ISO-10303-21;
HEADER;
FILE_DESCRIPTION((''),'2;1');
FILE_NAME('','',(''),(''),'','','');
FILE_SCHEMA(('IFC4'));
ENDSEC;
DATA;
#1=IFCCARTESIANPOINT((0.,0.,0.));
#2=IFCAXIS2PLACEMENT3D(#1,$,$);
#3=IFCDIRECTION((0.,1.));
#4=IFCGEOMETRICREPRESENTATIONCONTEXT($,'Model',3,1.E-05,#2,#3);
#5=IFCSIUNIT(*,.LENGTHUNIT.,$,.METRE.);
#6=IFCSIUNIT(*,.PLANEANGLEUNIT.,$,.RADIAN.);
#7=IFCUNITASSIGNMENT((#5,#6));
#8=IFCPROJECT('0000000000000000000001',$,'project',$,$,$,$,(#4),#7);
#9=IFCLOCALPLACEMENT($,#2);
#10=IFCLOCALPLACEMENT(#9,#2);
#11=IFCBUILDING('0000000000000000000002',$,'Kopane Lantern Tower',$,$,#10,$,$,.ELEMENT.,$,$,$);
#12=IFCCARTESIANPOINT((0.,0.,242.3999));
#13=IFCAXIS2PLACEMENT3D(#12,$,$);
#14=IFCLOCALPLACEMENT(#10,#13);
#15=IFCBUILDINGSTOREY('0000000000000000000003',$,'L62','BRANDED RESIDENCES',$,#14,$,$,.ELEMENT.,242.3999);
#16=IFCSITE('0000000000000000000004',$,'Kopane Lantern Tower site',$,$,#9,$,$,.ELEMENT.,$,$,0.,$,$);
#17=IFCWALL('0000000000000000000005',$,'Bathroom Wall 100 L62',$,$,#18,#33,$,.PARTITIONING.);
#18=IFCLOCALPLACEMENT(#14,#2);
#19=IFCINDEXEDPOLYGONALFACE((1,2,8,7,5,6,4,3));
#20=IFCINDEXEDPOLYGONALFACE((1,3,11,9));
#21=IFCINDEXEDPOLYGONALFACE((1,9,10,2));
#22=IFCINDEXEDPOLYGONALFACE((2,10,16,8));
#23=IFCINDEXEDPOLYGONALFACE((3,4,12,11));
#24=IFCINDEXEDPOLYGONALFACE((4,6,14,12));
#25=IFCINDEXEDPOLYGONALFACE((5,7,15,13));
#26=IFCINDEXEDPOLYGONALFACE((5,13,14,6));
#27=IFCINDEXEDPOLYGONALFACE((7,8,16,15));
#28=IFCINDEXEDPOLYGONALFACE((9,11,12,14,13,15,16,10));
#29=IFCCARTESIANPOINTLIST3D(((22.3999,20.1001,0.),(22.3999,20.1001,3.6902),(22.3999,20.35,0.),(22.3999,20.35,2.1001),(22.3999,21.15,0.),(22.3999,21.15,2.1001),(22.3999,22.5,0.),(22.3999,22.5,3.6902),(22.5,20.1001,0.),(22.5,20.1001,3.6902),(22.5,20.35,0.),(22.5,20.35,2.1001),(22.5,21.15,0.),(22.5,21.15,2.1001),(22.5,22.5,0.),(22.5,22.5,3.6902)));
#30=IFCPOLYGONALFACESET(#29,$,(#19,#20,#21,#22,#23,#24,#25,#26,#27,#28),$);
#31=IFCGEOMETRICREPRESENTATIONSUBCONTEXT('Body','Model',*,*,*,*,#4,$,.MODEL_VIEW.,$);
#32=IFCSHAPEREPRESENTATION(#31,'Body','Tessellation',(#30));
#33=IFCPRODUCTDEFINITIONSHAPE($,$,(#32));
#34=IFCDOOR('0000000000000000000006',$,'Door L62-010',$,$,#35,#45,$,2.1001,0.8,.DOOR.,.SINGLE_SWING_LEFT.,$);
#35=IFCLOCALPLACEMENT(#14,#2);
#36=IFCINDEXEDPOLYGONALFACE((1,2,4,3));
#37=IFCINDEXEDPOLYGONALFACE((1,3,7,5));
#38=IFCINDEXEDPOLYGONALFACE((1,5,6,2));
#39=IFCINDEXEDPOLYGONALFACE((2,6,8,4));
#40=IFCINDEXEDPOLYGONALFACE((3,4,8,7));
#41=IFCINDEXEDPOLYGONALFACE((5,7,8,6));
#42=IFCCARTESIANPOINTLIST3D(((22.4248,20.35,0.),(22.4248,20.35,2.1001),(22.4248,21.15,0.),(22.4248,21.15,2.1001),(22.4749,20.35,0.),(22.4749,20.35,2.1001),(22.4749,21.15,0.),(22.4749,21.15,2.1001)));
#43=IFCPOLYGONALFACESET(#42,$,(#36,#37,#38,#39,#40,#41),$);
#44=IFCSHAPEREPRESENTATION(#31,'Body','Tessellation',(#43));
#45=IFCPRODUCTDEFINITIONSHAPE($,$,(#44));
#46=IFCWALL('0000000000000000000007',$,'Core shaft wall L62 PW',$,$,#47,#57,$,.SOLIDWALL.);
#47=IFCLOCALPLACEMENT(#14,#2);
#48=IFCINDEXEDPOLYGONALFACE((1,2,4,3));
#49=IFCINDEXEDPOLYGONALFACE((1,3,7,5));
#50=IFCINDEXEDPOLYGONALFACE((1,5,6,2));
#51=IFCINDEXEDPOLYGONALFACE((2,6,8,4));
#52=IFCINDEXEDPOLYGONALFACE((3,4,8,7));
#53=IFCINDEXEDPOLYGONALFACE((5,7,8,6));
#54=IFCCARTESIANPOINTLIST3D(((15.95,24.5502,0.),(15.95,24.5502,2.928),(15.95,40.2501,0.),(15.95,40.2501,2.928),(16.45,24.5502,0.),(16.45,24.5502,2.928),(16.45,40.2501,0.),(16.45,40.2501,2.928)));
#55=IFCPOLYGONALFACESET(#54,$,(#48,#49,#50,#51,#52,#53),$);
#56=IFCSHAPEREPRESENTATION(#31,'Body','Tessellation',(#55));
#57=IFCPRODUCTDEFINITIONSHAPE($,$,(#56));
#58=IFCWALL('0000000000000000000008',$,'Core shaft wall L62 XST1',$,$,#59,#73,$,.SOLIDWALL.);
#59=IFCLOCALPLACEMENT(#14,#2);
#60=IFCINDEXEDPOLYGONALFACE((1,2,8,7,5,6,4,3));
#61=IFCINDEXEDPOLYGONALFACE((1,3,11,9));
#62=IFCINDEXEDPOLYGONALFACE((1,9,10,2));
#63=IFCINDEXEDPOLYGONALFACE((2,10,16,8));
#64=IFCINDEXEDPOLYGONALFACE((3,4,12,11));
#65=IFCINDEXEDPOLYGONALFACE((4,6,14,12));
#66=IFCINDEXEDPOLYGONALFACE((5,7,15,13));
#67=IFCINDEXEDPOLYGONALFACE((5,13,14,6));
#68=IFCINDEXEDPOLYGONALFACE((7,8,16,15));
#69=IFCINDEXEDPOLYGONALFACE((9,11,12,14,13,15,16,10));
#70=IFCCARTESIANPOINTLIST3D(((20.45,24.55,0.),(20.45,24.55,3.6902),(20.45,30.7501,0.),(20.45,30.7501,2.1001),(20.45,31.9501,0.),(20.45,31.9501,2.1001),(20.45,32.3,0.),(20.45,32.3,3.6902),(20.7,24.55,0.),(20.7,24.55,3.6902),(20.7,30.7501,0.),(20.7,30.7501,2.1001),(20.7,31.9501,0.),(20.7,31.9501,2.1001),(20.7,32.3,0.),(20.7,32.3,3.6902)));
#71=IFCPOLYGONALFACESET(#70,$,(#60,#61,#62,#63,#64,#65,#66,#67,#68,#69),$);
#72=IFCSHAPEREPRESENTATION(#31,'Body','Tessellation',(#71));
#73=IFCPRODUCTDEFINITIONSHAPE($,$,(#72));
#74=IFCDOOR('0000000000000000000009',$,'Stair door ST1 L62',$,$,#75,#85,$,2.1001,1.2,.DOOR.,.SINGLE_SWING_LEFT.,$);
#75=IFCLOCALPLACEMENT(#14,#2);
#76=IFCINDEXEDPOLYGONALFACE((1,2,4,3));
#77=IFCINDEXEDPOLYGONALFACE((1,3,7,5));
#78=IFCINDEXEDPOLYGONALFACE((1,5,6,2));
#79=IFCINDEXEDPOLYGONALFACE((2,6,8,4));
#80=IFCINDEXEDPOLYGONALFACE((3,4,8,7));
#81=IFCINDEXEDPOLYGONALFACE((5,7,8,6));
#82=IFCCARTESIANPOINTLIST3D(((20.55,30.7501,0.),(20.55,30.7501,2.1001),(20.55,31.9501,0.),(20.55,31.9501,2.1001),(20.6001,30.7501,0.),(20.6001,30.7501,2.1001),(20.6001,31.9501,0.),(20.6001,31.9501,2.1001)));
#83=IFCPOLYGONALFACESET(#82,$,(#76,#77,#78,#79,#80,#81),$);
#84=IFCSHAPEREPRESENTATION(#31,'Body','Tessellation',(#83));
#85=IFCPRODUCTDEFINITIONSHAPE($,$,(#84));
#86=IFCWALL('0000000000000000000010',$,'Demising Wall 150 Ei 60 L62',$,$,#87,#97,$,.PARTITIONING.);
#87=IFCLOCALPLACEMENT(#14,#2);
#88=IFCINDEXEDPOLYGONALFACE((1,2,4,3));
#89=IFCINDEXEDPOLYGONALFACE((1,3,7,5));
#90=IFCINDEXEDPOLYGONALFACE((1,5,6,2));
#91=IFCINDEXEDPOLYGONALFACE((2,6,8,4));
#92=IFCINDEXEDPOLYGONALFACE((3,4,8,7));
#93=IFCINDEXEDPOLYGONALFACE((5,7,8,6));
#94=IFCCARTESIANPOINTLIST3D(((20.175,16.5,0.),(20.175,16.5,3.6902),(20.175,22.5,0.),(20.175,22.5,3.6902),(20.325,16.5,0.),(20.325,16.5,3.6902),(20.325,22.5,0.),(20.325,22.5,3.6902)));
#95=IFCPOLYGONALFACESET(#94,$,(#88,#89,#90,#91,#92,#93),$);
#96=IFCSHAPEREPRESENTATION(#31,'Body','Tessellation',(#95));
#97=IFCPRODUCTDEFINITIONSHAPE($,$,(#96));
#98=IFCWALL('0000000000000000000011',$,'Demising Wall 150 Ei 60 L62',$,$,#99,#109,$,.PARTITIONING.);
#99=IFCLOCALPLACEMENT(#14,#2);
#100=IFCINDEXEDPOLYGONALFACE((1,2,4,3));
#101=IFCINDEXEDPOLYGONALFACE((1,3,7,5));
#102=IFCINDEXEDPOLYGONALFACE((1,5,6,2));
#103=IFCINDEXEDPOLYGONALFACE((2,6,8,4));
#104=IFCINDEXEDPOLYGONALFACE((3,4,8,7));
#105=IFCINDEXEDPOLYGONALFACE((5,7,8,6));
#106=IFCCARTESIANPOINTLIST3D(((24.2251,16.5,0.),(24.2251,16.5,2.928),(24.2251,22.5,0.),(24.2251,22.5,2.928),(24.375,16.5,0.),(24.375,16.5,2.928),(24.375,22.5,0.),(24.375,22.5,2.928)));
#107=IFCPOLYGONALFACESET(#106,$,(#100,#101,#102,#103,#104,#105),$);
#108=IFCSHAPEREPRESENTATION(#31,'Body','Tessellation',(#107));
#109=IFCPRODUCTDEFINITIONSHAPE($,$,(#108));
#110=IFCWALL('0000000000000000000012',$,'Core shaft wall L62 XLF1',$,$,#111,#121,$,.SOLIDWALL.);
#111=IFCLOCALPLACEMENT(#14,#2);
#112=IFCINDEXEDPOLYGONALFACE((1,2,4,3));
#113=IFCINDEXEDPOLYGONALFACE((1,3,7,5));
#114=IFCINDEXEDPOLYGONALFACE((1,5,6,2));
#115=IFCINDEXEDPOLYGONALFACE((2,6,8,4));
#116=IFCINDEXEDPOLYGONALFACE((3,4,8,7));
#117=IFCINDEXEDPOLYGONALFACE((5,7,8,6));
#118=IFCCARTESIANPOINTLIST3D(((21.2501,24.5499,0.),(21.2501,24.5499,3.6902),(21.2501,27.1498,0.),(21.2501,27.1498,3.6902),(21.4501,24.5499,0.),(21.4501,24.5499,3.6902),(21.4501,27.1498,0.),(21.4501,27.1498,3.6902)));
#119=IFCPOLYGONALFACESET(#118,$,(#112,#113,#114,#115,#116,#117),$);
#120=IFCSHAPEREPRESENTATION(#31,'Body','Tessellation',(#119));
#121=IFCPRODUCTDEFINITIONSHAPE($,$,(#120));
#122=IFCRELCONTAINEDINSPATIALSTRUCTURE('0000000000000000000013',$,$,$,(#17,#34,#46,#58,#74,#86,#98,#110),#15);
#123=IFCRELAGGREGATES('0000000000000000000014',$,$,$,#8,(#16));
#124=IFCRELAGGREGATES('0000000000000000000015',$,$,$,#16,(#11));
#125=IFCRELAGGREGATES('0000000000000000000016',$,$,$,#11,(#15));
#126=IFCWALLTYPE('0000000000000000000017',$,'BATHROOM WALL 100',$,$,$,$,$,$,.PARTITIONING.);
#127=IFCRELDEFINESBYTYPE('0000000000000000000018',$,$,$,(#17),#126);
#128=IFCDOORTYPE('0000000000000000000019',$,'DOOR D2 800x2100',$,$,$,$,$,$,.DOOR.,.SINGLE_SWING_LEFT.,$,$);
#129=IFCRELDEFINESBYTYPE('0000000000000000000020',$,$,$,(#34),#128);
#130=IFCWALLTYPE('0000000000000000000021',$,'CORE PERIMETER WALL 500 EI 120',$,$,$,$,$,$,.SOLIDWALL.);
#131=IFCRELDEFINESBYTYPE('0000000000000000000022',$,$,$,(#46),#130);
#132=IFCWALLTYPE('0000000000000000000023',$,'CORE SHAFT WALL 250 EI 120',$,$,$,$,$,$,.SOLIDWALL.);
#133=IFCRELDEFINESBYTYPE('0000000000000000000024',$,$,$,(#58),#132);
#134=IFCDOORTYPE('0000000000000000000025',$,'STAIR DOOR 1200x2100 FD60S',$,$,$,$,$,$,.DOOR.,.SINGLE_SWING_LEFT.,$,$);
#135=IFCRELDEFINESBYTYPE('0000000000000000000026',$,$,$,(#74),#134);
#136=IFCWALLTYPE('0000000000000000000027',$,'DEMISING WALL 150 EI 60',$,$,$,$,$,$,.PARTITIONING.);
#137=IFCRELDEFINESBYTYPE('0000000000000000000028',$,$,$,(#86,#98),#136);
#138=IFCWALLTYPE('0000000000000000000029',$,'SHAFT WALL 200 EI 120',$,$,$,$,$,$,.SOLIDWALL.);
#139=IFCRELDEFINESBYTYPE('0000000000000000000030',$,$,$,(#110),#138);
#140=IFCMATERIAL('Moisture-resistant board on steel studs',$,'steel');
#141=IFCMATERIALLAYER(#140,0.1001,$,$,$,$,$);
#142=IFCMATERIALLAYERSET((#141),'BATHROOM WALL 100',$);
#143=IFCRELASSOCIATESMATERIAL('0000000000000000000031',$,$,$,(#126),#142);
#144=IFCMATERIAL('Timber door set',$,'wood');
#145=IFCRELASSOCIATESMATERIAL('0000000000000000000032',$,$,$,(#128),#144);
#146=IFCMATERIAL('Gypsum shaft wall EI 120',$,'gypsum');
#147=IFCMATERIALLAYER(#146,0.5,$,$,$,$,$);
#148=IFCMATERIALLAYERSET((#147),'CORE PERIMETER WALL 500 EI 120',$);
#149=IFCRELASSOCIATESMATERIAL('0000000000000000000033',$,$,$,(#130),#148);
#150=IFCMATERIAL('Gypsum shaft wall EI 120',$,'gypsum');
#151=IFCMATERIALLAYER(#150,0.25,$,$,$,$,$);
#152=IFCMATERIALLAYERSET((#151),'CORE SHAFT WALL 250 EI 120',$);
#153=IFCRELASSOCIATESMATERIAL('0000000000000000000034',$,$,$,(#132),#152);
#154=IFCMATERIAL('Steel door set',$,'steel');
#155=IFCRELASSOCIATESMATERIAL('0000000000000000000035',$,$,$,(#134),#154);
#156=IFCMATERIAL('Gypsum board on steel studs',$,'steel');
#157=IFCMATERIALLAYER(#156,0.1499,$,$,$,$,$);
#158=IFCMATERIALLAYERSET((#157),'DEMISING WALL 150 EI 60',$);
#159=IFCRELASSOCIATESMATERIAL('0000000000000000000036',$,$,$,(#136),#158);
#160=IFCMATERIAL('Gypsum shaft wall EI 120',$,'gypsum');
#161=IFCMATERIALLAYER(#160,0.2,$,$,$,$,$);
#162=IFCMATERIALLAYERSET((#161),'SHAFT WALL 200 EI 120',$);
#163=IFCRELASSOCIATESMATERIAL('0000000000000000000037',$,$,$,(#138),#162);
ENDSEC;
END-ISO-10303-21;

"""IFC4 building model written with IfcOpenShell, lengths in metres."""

from ifc_helpers import new_model, si_unit, direction, frame, frame_2d, origin, place, context, subcontext, project, spatial, rectangle, extrude, material, layer, layer_set, type_object, element, fill, save


model = new_model("IFC4")

# Units and contexts
model_context = context("Model", 3, precision=1e-05, world=origin(), true_north=direction((0.0, 1.0)))
body_context = subcontext(model_context, "Body", "Model", "MODEL_VIEW")
ifc_project = project(units=[si_unit("LENGTHUNIT", "METRE"), si_unit("PLANEANGLEUNIT", "RADIAN")], contexts=[model_context])

# Site, building, storey
site_placement = place(None, origin())
site = spatial("IfcSite", under=ifc_project, at=site_placement, Name="Kopane Lantern Tower site", CompositionType="ELEMENT", RefElevation=0.0)
building_placement = place(site_placement, origin())
building = spatial("IfcBuilding", under=site, at=building_placement, Name="Kopane Lantern Tower", CompositionType="ELEMENT")
storey_placement = place(building_placement, frame((0.0, 0.0, 242.3999)))
storey = spatial("IfcBuildingStorey", under=building, at=storey_placement, Name="L62", Description="BRANDED RESIDENCES", CompositionType="ELEMENT", Elevation=242.3999)

# Wall, opening, door
ifc_material_1 = material(Name="Moisture-resistant board on steel studs", Category="steel")
ifc_layer_1 = layer(ifc_material_1, 0.1001)
ifc_layer_set_1 = layer_set([ifc_layer_1], Name="BATHROOM WALL 100")
wall_type_1 = type_object("IfcWallType", Name="BATHROOM WALL 100", PredefinedType="PARTITIONING", material=ifc_layer_set_1)
ifc_material_2 = material(Name="Timber door set", Category="wood")
door_type_1 = type_object("IfcDoorType", Name="DOOR D2 800x2100", OperationType="SINGLE_SWING_LEFT", PredefinedType="DOOR", material=ifc_material_2)
wall_1_placement = place(storey_placement, frame((22.45, 22.5, 0.0), z_axis=(0.0, 0.0, 1.0), x_axis=(0.0, -1.0, 0.0)))
wall_1 = element("IfcWall", 1, at=wall_1_placement, inside=storey, type_object=wall_type_1, Name="Bathroom Wall 100 L62", PredefinedType="PARTITIONING", context=body_context, shape_type="SweptSolid", body=[
    extrude(rectangle(XDim=2.3999, YDim=0.1001, at=frame_2d((1.2, 0.0))), origin(), (0.0, 0.0, 1.0), 3.6902),
])
opening_1_placement = place(wall_1_placement, frame((1.3501, 0.0, 0.0)))
opening_1 = element("IfcOpeningElement", 2, at=opening_1_placement, cuts=wall_1, PredefinedType="OPENING", context=body_context, shape_type="SweptSolid", body=[
    extrude(rectangle(XDim=0.8, YDim=2.1001, at=frame_2d((0.3999, 1.05))), frame((0.0, 0.0601, 0.0), z_axis=(0.0, -1.0, 0.0), x_axis=(1.0, 0.0, 0.0)), (0.0, 0.0, 1.0), 0.1201),
])
door_1_placement = place(opening_1_placement, origin())
door_1 = element("IfcDoor", 3, at=door_1_placement, inside=storey, type_object=door_type_1, Name="Door L62-010", OperationType="SINGLE_SWING_LEFT", OverallHeight=2.1001, OverallWidth=0.8, PredefinedType="DOOR", context=body_context, shape_type="SweptSolid", body=[
    extrude(rectangle(XDim=0.8, YDim=2.1001, at=frame_2d((0.3999, 1.05))), frame((0.0, 0.0249, 0.0), z_axis=(0.0, -1.0, 0.0), x_axis=(1.0, 0.0, 0.0)), (0.0, 0.0, 1.0), 0.05),
])
fill(opening_1, door_1)

# Wall
ifc_material_3 = material(Name="Gypsum shaft wall EI 120", Category="gypsum")
ifc_layer_2 = layer(ifc_material_3, 0.5)
ifc_layer_set_2 = layer_set([ifc_layer_2], Name="CORE PERIMETER WALL 500 EI 120")
wall_type_2 = type_object("IfcWallType", Name="CORE PERIMETER WALL 500 EI 120", PredefinedType="SOLIDWALL", material=ifc_layer_set_2)
wall_2_placement = place(storey_placement, frame((16.2, 24.55, 0.0), z_axis=(0.0, 0.0, 1.0), x_axis=(0.0, 1.0, 0.0)))
element("IfcWall", 4, at=wall_2_placement, inside=storey, type_object=wall_type_2, Name="Core shaft wall L62 PW", PredefinedType="SOLIDWALL", context=body_context, shape_type="SweptSolid", body=[
    extrude(rectangle(XDim=15.7, YDim=0.5, at=frame_2d((7.8501, 0.0))), origin(), (0.0, 0.0, 1.0), 2.928),
])

# Wall, opening, door
ifc_material_4 = material(Name="Gypsum shaft wall EI 120", Category="gypsum")
ifc_layer_3 = layer(ifc_material_4, 0.25)
ifc_layer_set_3 = layer_set([ifc_layer_3], Name="CORE SHAFT WALL 250 EI 120")
wall_type_3 = type_object("IfcWallType", Name="CORE SHAFT WALL 250 EI 120", PredefinedType="SOLIDWALL", material=ifc_layer_set_3)
wall_3_placement = place(storey_placement, frame((20.575, 24.55, 0.0), z_axis=(0.0, 0.0, 1.0), x_axis=(0.0, 1.0, 0.0)))
wall_3 = element("IfcWall", 5, at=wall_3_placement, inside=storey, type_object=wall_type_3, Name="Core shaft wall L62 XST1", PredefinedType="SOLIDWALL", context=body_context, shape_type="SweptSolid", body=[
    extrude(rectangle(XDim=7.75, YDim=0.25, at=frame_2d((3.875, 0.0))), origin(), (0.0, 0.0, 1.0), 3.6902),
])
opening_2_placement = place(wall_3_placement, frame((6.2, 0.0, 0.0)))
opening_2 = element("IfcOpeningElement", 6, at=opening_2_placement, cuts=wall_3, PredefinedType="OPENING", context=body_context, shape_type="SweptSolid", body=[
    extrude(rectangle(XDim=1.2, YDim=2.1001, at=frame_2d((0.6001, 1.05))), frame((0.0, 0.135, 0.0), z_axis=(0.0, -1.0, 0.0), x_axis=(1.0, 0.0, 0.0)), (0.0, 0.0, 1.0), 0.27),
])
ifc_material_5 = material(Name="Steel door set", Category="steel")
door_type_2 = type_object("IfcDoorType", Name="STAIR DOOR 1200x2100 FD60S", OperationType="SINGLE_SWING_LEFT", PredefinedType="DOOR", material=ifc_material_5)
door_2_placement = place(opening_2_placement, origin())
door_2 = element("IfcDoor", 7, at=door_2_placement, inside=storey, type_object=door_type_2, Name="Stair door ST1 L62", OperationType="SINGLE_SWING_LEFT", OverallHeight=2.1001, OverallWidth=1.2, PredefinedType="DOOR", context=body_context, shape_type="SweptSolid", body=[
    extrude(rectangle(XDim=1.2, YDim=2.1001, at=frame_2d((0.6001, 1.05))), frame((0.0, 0.0249, 0.0), z_axis=(0.0, -1.0, 0.0), x_axis=(1.0, 0.0, 0.0)), (0.0, 0.0, 1.0), 0.05),
])
fill(opening_2, door_2)

# Walls
ifc_material_6 = material(Name="Gypsum board on steel studs", Category="steel")
ifc_layer_4 = layer(ifc_material_6, 0.1499)
ifc_layer_set_4 = layer_set([ifc_layer_4], Name="DEMISING WALL 150 EI 60")
wall_type_4 = type_object("IfcWallType", Name="DEMISING WALL 150 EI 60", PredefinedType="PARTITIONING", material=ifc_layer_set_4)
wall_4_placement = place(storey_placement, frame((20.25, 22.5, 0.0), z_axis=(0.0, 0.0, 1.0), x_axis=(0.0, -1.0, 0.0)))
element("IfcWall", 8, at=wall_4_placement, inside=storey, type_object=wall_type_4, Name="Demising Wall 150 Ei 60 L62", PredefinedType="PARTITIONING", context=body_context, shape_type="SweptSolid", body=[
    extrude(rectangle(XDim=6.0, YDim=0.1499, at=frame_2d((3.0, 0.0))), origin(), (0.0, 0.0, 1.0), 3.6902),
])
wall_5_placement = place(storey_placement, frame((24.3, 22.5, 0.0), z_axis=(0.0, 0.0, 1.0), x_axis=(0.0, -1.0, 0.0)))
element("IfcWall", 9, at=wall_5_placement, inside=storey, type_object=wall_type_4, Name="Demising Wall 150 Ei 60 L62", PredefinedType="PARTITIONING", context=body_context, shape_type="SweptSolid", body=[
    extrude(rectangle(XDim=6.0, YDim=0.1499, at=frame_2d((3.0, 0.0))), origin(), (0.0, 0.0, 1.0), 2.928),
])
ifc_material_7 = material(Name="Gypsum shaft wall EI 120", Category="gypsum")
ifc_layer_5 = layer(ifc_material_7, 0.2)
ifc_layer_set_5 = layer_set([ifc_layer_5], Name="SHAFT WALL 200 EI 120")
wall_type_5 = type_object("IfcWallType", Name="SHAFT WALL 200 EI 120", PredefinedType="SOLIDWALL", material=ifc_layer_set_5)
wall_6_placement = place(storey_placement, frame((21.3501, 24.55, 0.0), z_axis=(0.0, 0.0, 1.0), x_axis=(0.0, 1.0, 0.0)))
element("IfcWall", 10, at=wall_6_placement, inside=storey, type_object=wall_type_5, Name="Core shaft wall L62 XLF1", PredefinedType="SOLIDWALL", context=body_context, shape_type="SweptSolid", body=[
    extrude(rectangle(XDim=2.5999, YDim=0.2, at=frame_2d((1.2998, 0.0))), origin(), (0.0, 0.0, 1.0), 3.6902),
])

save(model, "model.ifc")
